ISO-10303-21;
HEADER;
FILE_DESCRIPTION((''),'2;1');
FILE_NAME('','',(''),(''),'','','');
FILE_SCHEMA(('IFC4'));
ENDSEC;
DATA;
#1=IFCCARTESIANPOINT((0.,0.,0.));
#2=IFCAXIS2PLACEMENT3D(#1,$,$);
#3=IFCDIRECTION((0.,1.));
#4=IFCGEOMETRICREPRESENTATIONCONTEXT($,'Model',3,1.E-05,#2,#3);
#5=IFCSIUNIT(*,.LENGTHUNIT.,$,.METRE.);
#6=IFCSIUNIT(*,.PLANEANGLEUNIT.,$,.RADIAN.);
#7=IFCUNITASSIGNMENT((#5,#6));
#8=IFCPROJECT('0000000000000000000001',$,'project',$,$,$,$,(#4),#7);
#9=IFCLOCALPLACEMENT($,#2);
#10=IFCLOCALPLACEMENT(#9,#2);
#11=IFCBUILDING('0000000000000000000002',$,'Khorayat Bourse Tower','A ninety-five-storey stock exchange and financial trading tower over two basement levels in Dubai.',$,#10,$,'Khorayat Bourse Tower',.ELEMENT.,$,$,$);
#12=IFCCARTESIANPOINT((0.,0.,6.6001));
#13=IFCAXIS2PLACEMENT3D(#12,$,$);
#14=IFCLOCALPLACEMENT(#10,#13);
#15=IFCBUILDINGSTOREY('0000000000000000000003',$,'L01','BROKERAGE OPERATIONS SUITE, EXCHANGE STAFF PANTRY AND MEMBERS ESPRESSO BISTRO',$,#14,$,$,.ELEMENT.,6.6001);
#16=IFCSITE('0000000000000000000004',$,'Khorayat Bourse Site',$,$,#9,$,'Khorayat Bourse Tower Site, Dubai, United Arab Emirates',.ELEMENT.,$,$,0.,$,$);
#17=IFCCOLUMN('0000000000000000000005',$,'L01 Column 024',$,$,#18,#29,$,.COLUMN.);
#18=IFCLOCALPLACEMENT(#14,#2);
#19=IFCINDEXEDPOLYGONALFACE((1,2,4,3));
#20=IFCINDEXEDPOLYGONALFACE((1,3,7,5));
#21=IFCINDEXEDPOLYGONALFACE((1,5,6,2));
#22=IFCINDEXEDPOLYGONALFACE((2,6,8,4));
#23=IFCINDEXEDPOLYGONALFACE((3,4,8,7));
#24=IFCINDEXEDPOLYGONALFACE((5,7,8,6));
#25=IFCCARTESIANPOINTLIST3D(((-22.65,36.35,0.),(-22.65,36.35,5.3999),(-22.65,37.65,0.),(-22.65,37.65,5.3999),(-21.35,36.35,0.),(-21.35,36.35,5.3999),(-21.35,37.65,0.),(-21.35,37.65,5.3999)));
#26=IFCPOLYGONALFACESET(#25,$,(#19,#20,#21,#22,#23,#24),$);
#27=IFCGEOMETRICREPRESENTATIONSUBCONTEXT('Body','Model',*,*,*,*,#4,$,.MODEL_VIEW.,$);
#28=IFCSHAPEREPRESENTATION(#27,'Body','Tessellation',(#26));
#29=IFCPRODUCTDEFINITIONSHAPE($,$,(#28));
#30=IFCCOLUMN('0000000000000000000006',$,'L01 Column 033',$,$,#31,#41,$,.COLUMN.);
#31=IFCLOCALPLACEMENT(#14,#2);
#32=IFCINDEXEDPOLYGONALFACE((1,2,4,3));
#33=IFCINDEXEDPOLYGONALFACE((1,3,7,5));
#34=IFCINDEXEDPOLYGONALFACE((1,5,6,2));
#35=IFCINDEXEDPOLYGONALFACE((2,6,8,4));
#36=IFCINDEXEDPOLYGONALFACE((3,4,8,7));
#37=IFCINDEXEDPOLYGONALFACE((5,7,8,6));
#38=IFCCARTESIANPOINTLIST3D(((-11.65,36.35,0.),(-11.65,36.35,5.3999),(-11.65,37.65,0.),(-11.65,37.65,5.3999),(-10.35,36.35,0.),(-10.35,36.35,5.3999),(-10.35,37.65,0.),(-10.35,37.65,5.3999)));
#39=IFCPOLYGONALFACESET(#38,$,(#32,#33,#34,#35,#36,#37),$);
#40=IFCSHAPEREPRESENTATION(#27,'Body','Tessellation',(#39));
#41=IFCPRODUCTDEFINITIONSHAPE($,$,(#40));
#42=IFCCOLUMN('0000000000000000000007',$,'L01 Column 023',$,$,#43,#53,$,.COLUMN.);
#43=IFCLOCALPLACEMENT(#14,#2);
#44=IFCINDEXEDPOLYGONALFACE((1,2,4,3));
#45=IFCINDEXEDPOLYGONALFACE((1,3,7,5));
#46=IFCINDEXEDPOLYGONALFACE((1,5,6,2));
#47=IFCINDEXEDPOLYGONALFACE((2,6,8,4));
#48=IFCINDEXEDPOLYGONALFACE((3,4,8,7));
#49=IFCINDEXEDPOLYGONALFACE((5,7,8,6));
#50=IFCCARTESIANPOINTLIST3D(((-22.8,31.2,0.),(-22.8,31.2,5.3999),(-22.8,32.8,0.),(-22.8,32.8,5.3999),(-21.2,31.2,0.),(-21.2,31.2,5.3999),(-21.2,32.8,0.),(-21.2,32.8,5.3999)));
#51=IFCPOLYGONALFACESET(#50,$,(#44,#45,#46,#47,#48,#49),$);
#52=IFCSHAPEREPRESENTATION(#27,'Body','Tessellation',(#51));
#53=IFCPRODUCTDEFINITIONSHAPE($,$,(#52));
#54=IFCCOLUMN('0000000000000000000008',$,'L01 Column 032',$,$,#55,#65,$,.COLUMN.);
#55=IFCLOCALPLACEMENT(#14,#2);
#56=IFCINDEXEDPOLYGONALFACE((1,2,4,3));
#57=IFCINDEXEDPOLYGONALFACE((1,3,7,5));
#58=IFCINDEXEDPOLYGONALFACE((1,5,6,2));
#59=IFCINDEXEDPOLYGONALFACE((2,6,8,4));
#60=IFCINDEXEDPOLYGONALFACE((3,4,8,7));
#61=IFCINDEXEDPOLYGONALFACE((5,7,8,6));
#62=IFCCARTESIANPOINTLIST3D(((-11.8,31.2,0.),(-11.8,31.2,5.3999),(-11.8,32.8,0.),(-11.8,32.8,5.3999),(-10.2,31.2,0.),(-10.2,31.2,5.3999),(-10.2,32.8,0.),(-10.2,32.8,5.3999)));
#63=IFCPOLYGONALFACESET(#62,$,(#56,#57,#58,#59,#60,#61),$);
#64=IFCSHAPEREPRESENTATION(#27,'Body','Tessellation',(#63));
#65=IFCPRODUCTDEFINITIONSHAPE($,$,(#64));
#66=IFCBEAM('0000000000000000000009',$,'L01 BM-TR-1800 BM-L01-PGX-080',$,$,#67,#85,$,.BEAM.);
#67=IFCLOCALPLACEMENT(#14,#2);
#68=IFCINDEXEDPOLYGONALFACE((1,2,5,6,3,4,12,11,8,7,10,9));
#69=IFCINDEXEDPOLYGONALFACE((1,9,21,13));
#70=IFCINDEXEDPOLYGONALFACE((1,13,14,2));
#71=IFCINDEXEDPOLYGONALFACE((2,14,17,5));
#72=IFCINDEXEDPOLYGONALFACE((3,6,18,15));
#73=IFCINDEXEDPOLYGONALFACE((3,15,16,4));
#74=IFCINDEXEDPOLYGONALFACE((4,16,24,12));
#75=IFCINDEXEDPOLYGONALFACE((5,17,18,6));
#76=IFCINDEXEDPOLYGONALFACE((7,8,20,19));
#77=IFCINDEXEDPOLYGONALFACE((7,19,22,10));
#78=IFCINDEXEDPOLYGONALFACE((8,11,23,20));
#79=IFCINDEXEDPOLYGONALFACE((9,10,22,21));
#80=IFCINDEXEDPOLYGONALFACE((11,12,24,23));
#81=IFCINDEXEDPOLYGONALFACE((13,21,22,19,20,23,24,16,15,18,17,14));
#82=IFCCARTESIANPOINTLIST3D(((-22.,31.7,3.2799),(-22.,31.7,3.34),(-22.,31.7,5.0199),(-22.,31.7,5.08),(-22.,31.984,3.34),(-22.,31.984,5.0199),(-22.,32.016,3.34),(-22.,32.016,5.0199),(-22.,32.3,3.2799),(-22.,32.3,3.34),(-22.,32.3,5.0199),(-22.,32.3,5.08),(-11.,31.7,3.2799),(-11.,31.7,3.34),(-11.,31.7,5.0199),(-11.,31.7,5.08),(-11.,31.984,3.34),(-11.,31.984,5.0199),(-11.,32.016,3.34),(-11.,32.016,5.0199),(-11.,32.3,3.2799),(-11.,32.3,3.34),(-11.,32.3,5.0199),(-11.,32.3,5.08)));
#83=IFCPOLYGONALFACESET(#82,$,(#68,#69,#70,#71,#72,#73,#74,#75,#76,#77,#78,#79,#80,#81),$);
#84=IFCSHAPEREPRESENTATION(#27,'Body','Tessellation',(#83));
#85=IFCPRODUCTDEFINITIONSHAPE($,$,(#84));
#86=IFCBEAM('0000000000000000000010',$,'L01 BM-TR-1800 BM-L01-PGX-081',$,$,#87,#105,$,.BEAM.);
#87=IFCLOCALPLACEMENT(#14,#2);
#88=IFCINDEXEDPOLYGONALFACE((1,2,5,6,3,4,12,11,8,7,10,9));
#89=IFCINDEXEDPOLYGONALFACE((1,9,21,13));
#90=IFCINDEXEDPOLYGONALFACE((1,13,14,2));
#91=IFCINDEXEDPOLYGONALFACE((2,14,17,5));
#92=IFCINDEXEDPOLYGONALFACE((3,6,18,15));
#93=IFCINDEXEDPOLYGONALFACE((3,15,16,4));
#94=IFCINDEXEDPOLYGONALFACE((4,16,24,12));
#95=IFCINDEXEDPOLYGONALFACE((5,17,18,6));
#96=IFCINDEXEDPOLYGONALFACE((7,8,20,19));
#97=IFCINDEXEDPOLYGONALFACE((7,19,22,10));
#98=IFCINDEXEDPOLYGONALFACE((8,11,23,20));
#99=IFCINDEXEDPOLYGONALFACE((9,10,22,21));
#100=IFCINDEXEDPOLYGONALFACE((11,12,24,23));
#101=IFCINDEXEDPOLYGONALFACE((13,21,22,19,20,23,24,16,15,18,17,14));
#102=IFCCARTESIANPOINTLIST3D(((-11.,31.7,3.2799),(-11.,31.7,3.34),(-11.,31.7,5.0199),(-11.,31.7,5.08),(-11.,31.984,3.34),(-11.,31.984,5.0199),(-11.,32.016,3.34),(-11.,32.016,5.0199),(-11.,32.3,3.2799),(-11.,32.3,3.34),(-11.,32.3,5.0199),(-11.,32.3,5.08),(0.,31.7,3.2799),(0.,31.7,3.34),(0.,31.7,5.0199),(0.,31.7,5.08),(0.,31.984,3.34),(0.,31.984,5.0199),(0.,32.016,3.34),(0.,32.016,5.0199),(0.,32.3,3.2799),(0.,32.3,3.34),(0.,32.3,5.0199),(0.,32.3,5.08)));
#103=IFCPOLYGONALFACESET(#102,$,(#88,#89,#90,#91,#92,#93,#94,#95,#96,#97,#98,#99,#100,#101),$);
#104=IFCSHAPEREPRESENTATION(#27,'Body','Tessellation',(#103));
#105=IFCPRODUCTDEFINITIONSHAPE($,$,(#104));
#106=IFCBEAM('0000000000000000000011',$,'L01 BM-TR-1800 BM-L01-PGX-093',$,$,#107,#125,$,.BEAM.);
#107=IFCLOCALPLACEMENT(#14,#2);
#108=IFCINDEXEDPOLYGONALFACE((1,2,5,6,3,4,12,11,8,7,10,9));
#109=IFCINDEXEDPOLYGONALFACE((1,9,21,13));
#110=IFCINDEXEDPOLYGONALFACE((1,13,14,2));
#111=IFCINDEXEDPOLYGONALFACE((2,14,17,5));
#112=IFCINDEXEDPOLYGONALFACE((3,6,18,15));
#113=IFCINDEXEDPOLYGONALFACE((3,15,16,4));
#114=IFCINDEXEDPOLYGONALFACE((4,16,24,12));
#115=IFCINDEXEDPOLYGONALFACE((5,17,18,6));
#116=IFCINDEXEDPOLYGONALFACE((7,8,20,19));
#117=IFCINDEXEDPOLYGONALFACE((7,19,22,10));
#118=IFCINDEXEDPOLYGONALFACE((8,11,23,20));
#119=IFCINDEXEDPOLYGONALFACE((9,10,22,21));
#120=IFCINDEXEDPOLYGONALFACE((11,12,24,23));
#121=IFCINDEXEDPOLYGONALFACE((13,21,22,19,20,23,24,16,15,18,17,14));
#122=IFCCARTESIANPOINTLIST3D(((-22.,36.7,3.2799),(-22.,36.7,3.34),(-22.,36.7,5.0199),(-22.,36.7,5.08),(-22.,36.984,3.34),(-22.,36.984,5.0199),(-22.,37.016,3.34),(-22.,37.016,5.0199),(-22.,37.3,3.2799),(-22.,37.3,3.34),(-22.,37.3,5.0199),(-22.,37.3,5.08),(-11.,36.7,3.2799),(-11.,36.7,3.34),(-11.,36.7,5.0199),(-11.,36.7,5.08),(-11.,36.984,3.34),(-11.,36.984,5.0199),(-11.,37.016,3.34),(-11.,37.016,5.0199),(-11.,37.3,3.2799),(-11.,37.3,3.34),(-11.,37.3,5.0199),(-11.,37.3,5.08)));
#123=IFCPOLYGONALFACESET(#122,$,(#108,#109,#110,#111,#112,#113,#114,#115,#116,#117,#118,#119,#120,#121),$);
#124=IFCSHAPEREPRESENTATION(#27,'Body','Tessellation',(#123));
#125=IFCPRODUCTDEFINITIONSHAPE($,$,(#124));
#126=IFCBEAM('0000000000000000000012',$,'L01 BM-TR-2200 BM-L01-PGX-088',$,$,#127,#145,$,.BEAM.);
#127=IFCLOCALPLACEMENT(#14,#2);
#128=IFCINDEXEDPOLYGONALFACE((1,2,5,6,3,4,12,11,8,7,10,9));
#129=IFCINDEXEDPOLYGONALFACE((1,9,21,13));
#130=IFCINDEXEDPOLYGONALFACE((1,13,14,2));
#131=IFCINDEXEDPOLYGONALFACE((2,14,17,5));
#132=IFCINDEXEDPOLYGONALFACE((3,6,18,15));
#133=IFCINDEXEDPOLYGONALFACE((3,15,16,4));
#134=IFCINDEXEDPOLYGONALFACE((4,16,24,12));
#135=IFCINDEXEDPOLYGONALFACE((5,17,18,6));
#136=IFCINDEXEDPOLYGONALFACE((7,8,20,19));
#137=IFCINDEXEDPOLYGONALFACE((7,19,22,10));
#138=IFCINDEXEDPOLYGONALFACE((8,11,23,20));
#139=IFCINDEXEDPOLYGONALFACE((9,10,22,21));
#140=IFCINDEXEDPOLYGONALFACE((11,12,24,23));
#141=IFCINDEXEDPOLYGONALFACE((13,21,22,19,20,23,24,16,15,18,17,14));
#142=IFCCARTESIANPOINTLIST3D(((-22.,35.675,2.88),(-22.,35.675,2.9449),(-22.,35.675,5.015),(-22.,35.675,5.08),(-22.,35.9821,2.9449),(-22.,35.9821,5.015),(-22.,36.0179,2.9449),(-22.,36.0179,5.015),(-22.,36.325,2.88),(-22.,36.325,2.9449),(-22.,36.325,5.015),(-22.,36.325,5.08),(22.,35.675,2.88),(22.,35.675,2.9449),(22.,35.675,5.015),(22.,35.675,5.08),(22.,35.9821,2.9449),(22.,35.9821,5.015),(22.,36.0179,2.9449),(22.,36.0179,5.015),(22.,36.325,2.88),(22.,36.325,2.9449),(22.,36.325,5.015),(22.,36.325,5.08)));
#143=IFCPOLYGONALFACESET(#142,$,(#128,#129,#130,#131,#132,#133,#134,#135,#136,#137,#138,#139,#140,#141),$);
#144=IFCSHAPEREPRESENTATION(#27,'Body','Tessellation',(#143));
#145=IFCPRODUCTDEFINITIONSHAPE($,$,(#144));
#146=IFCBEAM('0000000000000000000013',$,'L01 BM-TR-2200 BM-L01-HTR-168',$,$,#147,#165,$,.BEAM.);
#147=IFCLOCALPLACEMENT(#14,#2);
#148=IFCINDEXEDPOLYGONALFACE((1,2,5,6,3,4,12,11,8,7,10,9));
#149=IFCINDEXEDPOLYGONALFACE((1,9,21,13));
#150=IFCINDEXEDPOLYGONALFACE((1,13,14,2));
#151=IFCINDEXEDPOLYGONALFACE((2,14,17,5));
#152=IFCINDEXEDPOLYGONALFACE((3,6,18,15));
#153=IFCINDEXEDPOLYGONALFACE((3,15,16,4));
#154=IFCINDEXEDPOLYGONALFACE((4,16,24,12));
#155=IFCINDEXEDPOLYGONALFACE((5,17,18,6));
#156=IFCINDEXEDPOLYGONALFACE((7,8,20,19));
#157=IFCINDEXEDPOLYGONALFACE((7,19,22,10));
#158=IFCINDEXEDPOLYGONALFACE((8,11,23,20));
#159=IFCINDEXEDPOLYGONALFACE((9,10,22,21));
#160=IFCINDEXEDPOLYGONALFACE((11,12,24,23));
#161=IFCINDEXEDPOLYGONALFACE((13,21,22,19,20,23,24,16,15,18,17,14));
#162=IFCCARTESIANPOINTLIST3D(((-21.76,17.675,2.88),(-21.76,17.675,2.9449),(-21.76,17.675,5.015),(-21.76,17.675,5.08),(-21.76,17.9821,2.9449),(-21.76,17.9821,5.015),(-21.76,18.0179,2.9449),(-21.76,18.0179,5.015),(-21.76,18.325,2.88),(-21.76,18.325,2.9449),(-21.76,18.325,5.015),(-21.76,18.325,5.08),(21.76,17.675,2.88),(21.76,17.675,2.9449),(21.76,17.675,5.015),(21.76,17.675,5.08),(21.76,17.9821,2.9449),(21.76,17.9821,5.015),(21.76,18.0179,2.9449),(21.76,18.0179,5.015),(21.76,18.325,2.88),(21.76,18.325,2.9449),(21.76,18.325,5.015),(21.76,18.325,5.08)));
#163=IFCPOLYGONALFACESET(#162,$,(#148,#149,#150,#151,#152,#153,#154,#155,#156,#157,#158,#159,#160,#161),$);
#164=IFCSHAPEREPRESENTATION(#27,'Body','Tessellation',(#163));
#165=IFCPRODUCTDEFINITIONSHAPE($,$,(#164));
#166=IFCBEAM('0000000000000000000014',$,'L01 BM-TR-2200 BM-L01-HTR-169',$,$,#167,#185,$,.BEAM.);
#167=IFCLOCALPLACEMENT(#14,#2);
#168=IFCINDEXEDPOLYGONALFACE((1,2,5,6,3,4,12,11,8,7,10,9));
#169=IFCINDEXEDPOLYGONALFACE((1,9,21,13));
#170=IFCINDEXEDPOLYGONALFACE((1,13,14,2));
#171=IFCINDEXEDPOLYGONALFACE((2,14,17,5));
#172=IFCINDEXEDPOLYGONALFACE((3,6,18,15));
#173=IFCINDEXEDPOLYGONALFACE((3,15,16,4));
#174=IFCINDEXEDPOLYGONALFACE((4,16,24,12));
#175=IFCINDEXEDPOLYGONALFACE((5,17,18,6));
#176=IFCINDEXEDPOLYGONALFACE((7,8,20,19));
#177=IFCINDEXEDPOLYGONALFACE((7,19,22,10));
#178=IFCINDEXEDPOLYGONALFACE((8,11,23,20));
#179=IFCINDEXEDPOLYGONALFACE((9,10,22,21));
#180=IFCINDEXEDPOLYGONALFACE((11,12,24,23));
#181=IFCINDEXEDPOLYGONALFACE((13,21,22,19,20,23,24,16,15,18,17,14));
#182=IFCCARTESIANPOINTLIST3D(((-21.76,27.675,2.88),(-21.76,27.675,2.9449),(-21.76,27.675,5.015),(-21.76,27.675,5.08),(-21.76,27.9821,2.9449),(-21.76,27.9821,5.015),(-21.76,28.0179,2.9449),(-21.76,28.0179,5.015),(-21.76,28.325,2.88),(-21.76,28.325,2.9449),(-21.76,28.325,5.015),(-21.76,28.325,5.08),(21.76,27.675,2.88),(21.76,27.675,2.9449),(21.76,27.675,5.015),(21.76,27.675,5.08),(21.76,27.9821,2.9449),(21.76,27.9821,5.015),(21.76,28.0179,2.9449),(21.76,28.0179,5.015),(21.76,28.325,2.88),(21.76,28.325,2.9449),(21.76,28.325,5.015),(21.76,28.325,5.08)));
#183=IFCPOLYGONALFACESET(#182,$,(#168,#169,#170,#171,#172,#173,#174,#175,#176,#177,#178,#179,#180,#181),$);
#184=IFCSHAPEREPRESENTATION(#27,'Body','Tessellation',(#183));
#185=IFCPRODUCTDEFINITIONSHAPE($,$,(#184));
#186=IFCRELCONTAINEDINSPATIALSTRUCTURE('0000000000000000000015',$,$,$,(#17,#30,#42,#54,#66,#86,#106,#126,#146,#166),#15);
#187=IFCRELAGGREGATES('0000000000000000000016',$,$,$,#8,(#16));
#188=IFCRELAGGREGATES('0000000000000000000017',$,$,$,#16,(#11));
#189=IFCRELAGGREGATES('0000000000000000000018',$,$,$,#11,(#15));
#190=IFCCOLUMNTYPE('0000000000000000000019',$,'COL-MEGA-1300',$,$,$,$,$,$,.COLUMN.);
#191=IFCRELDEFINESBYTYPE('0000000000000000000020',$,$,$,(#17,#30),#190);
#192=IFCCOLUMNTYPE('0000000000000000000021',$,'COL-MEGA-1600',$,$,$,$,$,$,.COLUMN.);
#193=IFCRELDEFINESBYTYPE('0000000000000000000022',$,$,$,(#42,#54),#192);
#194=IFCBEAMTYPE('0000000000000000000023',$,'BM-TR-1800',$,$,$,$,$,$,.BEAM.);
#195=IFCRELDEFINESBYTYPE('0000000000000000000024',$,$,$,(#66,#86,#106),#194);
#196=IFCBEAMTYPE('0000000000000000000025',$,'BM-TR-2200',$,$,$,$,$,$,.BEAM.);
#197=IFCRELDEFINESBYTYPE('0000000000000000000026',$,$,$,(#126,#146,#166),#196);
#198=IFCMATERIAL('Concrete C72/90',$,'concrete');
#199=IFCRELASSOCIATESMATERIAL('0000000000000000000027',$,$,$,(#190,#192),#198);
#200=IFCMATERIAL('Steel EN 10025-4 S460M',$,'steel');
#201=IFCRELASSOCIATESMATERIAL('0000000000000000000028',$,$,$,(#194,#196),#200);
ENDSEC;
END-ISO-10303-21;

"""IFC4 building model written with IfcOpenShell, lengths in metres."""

from ifc_helpers import new_model, si_unit, direction, frame, origin, origin_2d, place, context, subcontext, project, spatial, rectangle, i_section, extrude, source, transform, mapped, material, material_profile, profile_set, type_object, element, save


model = new_model("IFC4")

# Units and contexts
model_context = context("Model", 3, precision=1e-05, world=origin(), true_north=direction((0.0, 1.0)))
body_context = subcontext(model_context, "Body", "Model", "MODEL_VIEW")
ifc_project = project(units=[si_unit("LENGTHUNIT", "METRE"), si_unit("PLANEANGLEUNIT", "RADIAN")], contexts=[model_context])

# Site, building, storey
site_placement = place(None, origin())
site = spatial("IfcSite", under=ifc_project, at=site_placement, Name="Khorayat Bourse Site", LongName="Khorayat Bourse Tower Site, Dubai, United Arab Emirates", CompositionType="ELEMENT", RefElevation=0.0)
building_placement = place(site_placement, origin())
building = spatial("IfcBuilding", under=site, at=building_placement, Name="Khorayat Bourse Tower", Description="A ninety-five-storey stock exchange and financial trading tower over two basement levels in Dubai.", LongName="Khorayat Bourse Tower", CompositionType="ELEMENT")
storey_placement = place(building_placement, frame((0.0, 0.0, 6.6001)))
storey = spatial("IfcBuildingStorey", under=building, at=storey_placement, Name="L01", Description="BROKERAGE OPERATIONS SUITE, EXCHANGE STAFF PANTRY AND MEMBERS ESPRESSO BISTRO", CompositionType="ELEMENT", Elevation=6.6001)

# Columns
ifc_material_1 = material(Name="Concrete C72/90", Category="concrete")
ifc_material_profile_1 = material_profile(ifc_material_1, rectangle(XDim=1.3, YDim=1.3, at=origin_2d()), Name="RC 1300x1300")
ifc_profile_set_1 = profile_set([ifc_material_profile_1], Name="Concrete C72/90")
column_type_1 = type_object("IfcColumnType", Name="COL-MEGA-1300", PredefinedType="COLUMN", material=ifc_profile_set_1)
shared_shape_1 = source(origin(), body_context, "Body", "SweptSolid", [
    extrude(rectangle(XDim=1.3, YDim=1.3, at=origin_2d()), origin(), (0.0, 0.0, 1.0), 5.3999),
])
for number, where, z_axis, x_axis, name in (
    (1, (-22.0, 37.0, 0.0), (0.0, 0.0, 1.0), (1.0, 0.0, 0.0), "L01 Column 024"),
    (2, (-11.0, 37.0, 0.0), (0.0, 0.0, 1.0), (1.0, 0.0, 0.0), "L01 Column 033"),
):
    element("IfcColumn", number, at=place(storey_placement, frame(where, z_axis=z_axis, x_axis=x_axis)), inside=storey, type_object=column_type_1, Name=name, PredefinedType="COLUMN", context=body_context, shape_type="MappedRepresentation", body=[
        mapped(shared_shape_1, transform((0.0, 0.0, 0.0), scale=1.0)),
    ])
ifc_material_profile_2 = material_profile(ifc_material_1, rectangle(XDim=1.6001, YDim=1.6001, at=origin_2d()), Name="RC 1600x1600")
ifc_profile_set_2 = profile_set([ifc_material_profile_2], Name="Concrete C72/90")
column_type_2 = type_object("IfcColumnType", Name="COL-MEGA-1600", PredefinedType="COLUMN", material=ifc_profile_set_2)
shared_shape_2 = source(origin(), body_context, "Body", "SweptSolid", [
    extrude(rectangle(XDim=1.6001, YDim=1.6001, at=origin_2d()), origin(), (0.0, 0.0, 1.0), 5.3999),
])
for number, where, z_axis, x_axis, name in (
    (3, (-22.0, 32.0, 0.0), (0.0, 0.0, 1.0), (1.0, 0.0, 0.0), "L01 Column 023"),
    (4, (-11.0, 32.0, 0.0), (0.0, 0.0, 1.0), (1.0, 0.0, 0.0), "L01 Column 032"),
):
    element("IfcColumn", number, at=place(storey_placement, frame(where, z_axis=z_axis, x_axis=x_axis)), inside=storey, type_object=column_type_2, Name=name, PredefinedType="COLUMN", context=body_context, shape_type="MappedRepresentation", body=[
        mapped(shared_shape_2, transform((0.0, 0.0, 0.0), scale=1.0)),
    ])

# Beams
ifc_material_2 = material(Name="Steel EN 10025-4 S460M", Category="steel")
ifc_material_profile_3 = material_profile(ifc_material_2, i_section(OverallWidth=0.6001, OverallDepth=1.8, WebThickness=0.032, FlangeThickness=0.0601, at=origin_2d()), Name="PG 1800x600x32x60")
ifc_profile_set_3 = profile_set([ifc_material_profile_3], Name="Steel EN 10025-4 S460M")
beam_type_1 = type_object("IfcBeamType", Name="BM-TR-1800", PredefinedType="BEAM", material=ifc_profile_set_3)
shared_shape_3 = source(origin(), body_context, "Body", "SweptSolid", [
    extrude(i_section(OverallWidth=0.6001, OverallDepth=1.8, WebThickness=0.032, FlangeThickness=0.0601, at=origin_2d()), origin(), (0.0, 0.0, 1.0), 11.0),
])
for number, where, z_axis, x_axis, name in (
    (5, (-22.0, 32.0, 4.1799), (1.0, 0.0, 0.0), (0.0, 1.0, 0.0), "L01 BM-TR-1800 BM-L01-PGX-080"),
    (6, (-11.0, 32.0, 4.1799), (1.0, 0.0, 0.0), (0.0, 1.0, 0.0), "L01 BM-TR-1800 BM-L01-PGX-081"),
    (7, (-22.0, 37.0, 4.1799), (1.0, 0.0, 0.0), (0.0, 1.0, 0.0), "L01 BM-TR-1800 BM-L01-PGX-093"),
):
    element("IfcBeam", number, at=place(storey_placement, frame(where, z_axis=z_axis, x_axis=x_axis)), inside=storey, type_object=beam_type_1, Name=name, PredefinedType="BEAM", context=body_context, shape_type="MappedRepresentation", body=[
        mapped(shared_shape_3, transform((0.0, 0.0, 0.0), scale=1.0)),
    ])
ifc_material_profile_4 = material_profile(ifc_material_2, i_section(OverallWidth=0.6499, OverallDepth=2.2, WebThickness=0.0359, FlangeThickness=0.0649, at=origin_2d()), Name="PG 2200x650x36x65")
ifc_profile_set_4 = profile_set([ifc_material_profile_4], Name="Steel EN 10025-4 S460M")
beam_type_2 = type_object("IfcBeamType", Name="BM-TR-2200", PredefinedType="BEAM", material=ifc_profile_set_4)
shared_shape_4 = source(origin(), body_context, "Body", "SweptSolid", [
    extrude(i_section(OverallWidth=0.6499, OverallDepth=2.2, WebThickness=0.0359, FlangeThickness=0.0649, at=origin_2d()), origin(), (0.0, 0.0, 1.0), 44.0),
])
beam_1_placement = place(storey_placement, frame((-22.0, 36.0, 3.98), z_axis=(1.0, 0.0, 0.0), x_axis=(0.0, 1.0, 0.0)))
element("IfcBeam", 8, at=beam_1_placement, inside=storey, type_object=beam_type_2, Name="L01 BM-TR-2200 BM-L01-PGX-088", PredefinedType="BEAM", context=body_context, shape_type="MappedRepresentation", body=[
    mapped(shared_shape_4, transform((0.0, 0.0, 0.0), scale=1.0)),
])
shared_shape_5 = source(origin(), body_context, "Body", "SweptSolid", [
    extrude(i_section(OverallWidth=0.6499, OverallDepth=2.2, WebThickness=0.0359, FlangeThickness=0.0649, at=origin_2d()), origin(), (0.0, 0.0, 1.0), 43.52),
])
for number, where, z_axis, x_axis, name in (
    (9, (-21.76, 18.0, 3.98), (1.0, 0.0, 0.0), (0.0, 1.0, 0.0), "L01 BM-TR-2200 BM-L01-HTR-168"),
    (10, (-21.76, 28.0, 3.98), (1.0, 0.0, 0.0), (0.0, 1.0, 0.0), "L01 BM-TR-2200 BM-L01-HTR-169"),
):
    element("IfcBeam", number, at=place(storey_placement, frame(where, z_axis=z_axis, x_axis=x_axis)), inside=storey, type_object=beam_type_2, Name=name, PredefinedType="BEAM", context=body_context, shape_type="MappedRepresentation", body=[
        mapped(shared_shape_5, transform((0.0, 0.0, 0.0), scale=1.0)),
    ])

save(model, "model.ifc")
